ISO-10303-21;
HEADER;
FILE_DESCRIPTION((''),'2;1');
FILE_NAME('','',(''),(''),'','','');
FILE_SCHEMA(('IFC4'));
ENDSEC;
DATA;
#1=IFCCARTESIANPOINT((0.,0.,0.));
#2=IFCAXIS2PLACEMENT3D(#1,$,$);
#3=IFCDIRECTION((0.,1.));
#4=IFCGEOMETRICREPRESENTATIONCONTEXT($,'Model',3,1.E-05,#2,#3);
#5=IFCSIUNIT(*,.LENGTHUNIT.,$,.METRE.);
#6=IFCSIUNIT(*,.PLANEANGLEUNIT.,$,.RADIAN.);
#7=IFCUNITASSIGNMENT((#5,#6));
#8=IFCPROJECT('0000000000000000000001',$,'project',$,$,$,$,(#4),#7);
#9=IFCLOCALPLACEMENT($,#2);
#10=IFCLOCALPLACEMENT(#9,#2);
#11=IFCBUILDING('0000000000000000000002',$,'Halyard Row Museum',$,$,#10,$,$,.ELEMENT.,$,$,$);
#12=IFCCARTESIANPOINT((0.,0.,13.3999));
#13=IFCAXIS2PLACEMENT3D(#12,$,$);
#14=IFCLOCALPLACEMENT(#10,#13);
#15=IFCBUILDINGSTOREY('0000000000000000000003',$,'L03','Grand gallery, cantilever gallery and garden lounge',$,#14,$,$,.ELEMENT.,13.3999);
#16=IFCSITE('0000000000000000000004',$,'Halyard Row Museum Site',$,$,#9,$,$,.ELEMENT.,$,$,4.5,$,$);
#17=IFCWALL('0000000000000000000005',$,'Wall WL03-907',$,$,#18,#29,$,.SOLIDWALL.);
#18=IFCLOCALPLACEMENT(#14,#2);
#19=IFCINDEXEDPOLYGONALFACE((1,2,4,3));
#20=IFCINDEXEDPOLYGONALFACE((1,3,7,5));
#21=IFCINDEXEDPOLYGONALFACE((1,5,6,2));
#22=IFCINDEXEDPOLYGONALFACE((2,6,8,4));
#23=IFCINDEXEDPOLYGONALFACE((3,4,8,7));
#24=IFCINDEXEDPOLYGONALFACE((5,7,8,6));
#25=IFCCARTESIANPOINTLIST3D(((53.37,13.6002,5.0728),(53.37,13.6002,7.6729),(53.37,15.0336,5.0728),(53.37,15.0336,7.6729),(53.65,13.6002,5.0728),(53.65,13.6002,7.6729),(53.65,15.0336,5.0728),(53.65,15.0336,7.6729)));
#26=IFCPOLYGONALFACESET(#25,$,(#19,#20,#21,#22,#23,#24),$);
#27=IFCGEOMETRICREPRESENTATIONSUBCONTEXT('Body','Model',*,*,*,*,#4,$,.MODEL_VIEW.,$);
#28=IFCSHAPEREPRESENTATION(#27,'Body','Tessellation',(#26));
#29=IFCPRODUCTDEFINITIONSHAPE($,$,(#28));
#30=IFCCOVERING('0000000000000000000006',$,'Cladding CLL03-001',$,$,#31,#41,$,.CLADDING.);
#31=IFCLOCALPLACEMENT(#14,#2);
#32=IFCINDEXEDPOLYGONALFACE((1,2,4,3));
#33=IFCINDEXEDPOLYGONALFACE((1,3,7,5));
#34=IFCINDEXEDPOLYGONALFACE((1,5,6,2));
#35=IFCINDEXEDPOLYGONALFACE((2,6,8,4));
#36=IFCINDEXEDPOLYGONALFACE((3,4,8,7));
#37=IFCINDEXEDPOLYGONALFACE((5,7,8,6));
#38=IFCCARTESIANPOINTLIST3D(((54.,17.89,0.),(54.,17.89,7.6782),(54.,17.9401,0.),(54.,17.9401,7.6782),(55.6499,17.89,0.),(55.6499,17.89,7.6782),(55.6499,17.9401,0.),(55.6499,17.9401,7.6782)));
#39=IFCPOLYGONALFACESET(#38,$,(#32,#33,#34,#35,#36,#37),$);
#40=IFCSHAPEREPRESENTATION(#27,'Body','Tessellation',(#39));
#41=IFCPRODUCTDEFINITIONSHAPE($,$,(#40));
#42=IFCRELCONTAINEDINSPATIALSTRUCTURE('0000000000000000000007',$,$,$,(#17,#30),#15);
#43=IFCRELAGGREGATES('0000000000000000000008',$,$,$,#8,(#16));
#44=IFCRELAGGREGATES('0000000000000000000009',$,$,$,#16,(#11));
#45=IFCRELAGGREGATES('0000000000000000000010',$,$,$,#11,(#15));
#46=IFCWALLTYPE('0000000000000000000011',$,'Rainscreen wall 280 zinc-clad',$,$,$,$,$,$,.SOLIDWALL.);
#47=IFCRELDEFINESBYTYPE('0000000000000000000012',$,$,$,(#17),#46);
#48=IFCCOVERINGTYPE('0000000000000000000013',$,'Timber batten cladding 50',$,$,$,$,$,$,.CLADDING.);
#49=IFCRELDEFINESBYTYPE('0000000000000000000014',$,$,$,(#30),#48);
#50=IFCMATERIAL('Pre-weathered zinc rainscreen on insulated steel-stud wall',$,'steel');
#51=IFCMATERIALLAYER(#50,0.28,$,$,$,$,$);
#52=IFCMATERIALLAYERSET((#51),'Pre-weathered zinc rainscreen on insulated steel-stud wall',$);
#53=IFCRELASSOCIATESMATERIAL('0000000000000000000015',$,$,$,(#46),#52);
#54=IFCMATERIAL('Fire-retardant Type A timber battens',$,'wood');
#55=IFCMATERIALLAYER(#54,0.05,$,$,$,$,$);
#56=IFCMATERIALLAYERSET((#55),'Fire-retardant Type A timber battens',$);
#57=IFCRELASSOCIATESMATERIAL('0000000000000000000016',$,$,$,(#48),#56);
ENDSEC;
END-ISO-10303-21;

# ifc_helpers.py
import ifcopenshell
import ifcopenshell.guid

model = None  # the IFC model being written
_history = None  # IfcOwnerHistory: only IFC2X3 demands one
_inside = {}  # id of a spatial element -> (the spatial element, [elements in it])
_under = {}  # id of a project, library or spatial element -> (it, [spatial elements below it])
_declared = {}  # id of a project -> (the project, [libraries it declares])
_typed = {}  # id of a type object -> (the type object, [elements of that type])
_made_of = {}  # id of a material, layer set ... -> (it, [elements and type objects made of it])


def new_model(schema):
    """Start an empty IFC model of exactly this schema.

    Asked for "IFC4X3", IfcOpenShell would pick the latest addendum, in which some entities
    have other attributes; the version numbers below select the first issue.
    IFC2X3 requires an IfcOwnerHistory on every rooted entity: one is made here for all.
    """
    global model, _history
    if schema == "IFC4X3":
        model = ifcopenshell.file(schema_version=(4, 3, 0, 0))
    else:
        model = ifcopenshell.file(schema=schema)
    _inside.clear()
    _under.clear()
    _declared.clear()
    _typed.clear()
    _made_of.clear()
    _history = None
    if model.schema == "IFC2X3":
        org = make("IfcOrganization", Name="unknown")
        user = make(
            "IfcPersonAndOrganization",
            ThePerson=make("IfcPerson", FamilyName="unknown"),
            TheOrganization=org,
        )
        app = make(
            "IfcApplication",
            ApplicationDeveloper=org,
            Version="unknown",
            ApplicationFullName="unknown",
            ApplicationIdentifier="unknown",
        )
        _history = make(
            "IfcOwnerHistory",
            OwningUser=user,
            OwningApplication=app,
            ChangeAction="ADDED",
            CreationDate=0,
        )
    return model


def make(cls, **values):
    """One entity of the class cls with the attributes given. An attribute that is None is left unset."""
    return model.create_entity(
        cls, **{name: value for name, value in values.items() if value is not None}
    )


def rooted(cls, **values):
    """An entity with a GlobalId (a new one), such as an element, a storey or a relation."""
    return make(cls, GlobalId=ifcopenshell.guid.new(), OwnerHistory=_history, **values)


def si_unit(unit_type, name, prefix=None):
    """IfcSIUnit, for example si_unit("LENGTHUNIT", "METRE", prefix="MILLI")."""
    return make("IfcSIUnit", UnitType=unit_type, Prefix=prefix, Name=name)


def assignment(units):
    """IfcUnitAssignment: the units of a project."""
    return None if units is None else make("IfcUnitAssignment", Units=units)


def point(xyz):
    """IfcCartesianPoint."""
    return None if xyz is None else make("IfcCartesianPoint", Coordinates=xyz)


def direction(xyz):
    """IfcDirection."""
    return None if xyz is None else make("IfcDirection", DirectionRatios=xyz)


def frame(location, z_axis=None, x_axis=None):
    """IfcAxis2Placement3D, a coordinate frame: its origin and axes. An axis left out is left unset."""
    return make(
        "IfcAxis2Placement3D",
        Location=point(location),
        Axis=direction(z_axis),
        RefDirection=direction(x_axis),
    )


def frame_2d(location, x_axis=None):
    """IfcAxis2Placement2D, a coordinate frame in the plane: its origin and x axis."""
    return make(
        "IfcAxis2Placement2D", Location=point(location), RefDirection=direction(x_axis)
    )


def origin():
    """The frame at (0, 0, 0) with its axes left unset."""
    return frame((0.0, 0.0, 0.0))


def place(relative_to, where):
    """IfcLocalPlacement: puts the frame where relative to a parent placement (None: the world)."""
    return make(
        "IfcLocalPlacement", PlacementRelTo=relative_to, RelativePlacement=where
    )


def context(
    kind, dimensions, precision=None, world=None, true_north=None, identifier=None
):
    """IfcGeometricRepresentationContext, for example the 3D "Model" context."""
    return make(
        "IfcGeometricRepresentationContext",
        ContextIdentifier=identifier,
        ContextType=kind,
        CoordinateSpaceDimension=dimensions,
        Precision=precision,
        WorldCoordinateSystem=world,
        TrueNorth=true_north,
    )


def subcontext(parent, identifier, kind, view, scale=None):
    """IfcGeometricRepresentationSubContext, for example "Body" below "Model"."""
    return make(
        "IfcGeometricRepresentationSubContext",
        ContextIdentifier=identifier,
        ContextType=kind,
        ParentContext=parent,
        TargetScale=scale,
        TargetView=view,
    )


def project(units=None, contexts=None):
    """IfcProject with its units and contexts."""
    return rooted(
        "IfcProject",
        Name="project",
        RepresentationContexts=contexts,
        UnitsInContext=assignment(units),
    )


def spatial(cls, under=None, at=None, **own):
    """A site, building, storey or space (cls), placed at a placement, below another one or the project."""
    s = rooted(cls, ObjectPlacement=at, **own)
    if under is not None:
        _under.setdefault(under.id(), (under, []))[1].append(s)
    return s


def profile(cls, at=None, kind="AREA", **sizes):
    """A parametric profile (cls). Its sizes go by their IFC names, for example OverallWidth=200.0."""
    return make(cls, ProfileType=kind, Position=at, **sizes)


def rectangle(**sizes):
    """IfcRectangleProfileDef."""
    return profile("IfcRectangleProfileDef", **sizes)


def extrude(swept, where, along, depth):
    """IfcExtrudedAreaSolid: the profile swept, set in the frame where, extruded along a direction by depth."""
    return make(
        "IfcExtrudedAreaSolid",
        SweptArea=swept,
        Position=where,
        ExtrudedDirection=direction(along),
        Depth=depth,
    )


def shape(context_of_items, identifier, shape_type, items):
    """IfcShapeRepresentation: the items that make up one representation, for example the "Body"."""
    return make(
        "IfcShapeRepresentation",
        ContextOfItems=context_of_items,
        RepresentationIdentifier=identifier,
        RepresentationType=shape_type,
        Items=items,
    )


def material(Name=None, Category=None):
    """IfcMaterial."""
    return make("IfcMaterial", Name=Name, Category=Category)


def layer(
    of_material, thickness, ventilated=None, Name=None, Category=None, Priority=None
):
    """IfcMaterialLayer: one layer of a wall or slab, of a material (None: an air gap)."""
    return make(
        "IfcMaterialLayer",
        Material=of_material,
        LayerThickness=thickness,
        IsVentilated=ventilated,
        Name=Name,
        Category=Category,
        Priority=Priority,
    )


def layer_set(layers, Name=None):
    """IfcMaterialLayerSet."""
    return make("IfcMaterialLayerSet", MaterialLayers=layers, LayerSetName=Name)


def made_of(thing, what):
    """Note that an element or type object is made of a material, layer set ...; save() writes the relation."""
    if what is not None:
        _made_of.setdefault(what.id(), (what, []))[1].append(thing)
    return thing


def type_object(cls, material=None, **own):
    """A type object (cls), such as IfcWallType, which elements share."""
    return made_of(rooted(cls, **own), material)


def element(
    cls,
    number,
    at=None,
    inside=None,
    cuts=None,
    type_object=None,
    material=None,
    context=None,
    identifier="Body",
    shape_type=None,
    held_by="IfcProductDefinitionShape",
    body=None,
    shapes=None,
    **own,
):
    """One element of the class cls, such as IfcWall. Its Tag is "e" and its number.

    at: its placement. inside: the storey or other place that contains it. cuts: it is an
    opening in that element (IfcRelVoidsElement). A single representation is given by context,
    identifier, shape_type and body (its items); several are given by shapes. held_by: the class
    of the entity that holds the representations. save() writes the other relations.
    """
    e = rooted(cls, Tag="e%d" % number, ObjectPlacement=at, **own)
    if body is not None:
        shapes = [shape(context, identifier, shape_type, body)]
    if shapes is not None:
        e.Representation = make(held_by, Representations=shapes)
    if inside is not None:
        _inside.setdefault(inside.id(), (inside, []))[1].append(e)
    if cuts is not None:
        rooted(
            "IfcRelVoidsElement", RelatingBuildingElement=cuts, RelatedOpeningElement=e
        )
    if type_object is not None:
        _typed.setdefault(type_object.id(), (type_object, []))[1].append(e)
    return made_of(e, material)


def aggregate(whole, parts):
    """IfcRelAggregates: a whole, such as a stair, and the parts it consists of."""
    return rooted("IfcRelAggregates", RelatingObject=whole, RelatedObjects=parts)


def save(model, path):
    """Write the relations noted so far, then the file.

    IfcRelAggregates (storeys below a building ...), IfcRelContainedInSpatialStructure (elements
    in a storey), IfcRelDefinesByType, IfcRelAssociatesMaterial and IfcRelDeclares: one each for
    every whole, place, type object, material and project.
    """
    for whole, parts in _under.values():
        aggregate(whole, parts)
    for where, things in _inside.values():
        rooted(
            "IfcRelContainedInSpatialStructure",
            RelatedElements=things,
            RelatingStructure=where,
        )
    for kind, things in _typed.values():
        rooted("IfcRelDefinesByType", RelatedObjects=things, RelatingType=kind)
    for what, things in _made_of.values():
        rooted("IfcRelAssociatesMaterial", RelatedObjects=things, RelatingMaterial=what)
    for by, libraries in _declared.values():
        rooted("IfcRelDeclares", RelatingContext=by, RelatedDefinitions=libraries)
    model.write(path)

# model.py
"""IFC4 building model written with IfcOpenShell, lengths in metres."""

from ifc_helpers import new_model, si_unit, direction, frame, frame_2d, origin, place, context, subcontext, project, spatial, rectangle, extrude, material, layer, layer_set, type_object, element, save


model = new_model("IFC4")

# Units and contexts
model_context = context("Model", 3, precision=1e-05, world=origin(), true_north=direction((0.0, 1.0)))
body_context = subcontext(model_context, "Body", "Model", "MODEL_VIEW")
ifc_project = project(units=[si_unit("LENGTHUNIT", "METRE"), si_unit("PLANEANGLEUNIT", "RADIAN")], contexts=[model_context])

# Site, building, storey
site_placement = place(None, origin())
site = spatial("IfcSite", under=ifc_project, at=site_placement, Name="Halyard Row Museum Site", CompositionType="ELEMENT", RefElevation=4.5)
building_placement = place(site_placement, origin())
building = spatial("IfcBuilding", under=site, at=building_placement, Name="Halyard Row Museum", CompositionType="ELEMENT")
storey_placement = place(building_placement, frame((0.0, 0.0, 13.3999)))
storey = spatial("IfcBuildingStorey", under=building, at=storey_placement, Name="L03", Description="Grand gallery, cantilever gallery and garden lounge", CompositionType="ELEMENT", Elevation=13.3999)

# Wall
ifc_material_1 = material(Name="Pre-weathered zinc rainscreen on insulated steel-stud wall", Category="steel")
ifc_layer_1 = layer(ifc_material_1, 0.28)
ifc_layer_set_1 = layer_set([ifc_layer_1], Name="Pre-weathered zinc rainscreen on insulated steel-stud wall")
wall_type = type_object("IfcWallType", Name="Rainscreen wall 280 zinc-clad", PredefinedType="SOLIDWALL", material=ifc_layer_set_1)
wall_placement = place(storey_placement, frame((53.51, 13.6001, 5.0728), z_axis=(0.0, 0.0, 1.0), x_axis=(0.0, 1.0, 0.0)))
element("IfcWall", 1, at=wall_placement, inside=storey, type_object=wall_type, Name="Wall WL03-907", PredefinedType="SOLIDWALL", context=body_context, shape_type="SweptSolid", body=[
    extrude(rectangle(XDim=1.4333, YDim=0.28, at=frame_2d((0.7168, 0.0))), origin(), (0.0, 0.0, 1.0), 2.6001),
])

# Covering
ifc_material_2 = material(Name="Fire-retardant Type A timber battens", Category="wood")
ifc_layer_2 = layer(ifc_material_2, 0.05)
ifc_layer_set_2 = layer_set([ifc_layer_2], Name="Fire-retardant Type A timber battens")
covering_type = type_object("IfcCoveringType", Name="Timber batten cladding 50", PredefinedType="CLADDING", material=ifc_layer_set_2)
covering_placement = place(storey_placement, frame((54.0, 17.915, 0.0), z_axis=(0.0, 0.0, 1.0), x_axis=(1.0, 0.0, 0.0)))
element("IfcCovering", 2, at=covering_placement, inside=storey, type_object=covering_type, Name="Cladding CLL03-001", PredefinedType="CLADDING", context=body_context, shape_type="SweptSolid", body=[
    extrude(rectangle(XDim=1.6499, YDim=0.05, at=frame_2d((0.825, 0.0))), origin(), (0.0, 0.0, 1.0), 7.6782),
])

save(model, "model.ifc")
